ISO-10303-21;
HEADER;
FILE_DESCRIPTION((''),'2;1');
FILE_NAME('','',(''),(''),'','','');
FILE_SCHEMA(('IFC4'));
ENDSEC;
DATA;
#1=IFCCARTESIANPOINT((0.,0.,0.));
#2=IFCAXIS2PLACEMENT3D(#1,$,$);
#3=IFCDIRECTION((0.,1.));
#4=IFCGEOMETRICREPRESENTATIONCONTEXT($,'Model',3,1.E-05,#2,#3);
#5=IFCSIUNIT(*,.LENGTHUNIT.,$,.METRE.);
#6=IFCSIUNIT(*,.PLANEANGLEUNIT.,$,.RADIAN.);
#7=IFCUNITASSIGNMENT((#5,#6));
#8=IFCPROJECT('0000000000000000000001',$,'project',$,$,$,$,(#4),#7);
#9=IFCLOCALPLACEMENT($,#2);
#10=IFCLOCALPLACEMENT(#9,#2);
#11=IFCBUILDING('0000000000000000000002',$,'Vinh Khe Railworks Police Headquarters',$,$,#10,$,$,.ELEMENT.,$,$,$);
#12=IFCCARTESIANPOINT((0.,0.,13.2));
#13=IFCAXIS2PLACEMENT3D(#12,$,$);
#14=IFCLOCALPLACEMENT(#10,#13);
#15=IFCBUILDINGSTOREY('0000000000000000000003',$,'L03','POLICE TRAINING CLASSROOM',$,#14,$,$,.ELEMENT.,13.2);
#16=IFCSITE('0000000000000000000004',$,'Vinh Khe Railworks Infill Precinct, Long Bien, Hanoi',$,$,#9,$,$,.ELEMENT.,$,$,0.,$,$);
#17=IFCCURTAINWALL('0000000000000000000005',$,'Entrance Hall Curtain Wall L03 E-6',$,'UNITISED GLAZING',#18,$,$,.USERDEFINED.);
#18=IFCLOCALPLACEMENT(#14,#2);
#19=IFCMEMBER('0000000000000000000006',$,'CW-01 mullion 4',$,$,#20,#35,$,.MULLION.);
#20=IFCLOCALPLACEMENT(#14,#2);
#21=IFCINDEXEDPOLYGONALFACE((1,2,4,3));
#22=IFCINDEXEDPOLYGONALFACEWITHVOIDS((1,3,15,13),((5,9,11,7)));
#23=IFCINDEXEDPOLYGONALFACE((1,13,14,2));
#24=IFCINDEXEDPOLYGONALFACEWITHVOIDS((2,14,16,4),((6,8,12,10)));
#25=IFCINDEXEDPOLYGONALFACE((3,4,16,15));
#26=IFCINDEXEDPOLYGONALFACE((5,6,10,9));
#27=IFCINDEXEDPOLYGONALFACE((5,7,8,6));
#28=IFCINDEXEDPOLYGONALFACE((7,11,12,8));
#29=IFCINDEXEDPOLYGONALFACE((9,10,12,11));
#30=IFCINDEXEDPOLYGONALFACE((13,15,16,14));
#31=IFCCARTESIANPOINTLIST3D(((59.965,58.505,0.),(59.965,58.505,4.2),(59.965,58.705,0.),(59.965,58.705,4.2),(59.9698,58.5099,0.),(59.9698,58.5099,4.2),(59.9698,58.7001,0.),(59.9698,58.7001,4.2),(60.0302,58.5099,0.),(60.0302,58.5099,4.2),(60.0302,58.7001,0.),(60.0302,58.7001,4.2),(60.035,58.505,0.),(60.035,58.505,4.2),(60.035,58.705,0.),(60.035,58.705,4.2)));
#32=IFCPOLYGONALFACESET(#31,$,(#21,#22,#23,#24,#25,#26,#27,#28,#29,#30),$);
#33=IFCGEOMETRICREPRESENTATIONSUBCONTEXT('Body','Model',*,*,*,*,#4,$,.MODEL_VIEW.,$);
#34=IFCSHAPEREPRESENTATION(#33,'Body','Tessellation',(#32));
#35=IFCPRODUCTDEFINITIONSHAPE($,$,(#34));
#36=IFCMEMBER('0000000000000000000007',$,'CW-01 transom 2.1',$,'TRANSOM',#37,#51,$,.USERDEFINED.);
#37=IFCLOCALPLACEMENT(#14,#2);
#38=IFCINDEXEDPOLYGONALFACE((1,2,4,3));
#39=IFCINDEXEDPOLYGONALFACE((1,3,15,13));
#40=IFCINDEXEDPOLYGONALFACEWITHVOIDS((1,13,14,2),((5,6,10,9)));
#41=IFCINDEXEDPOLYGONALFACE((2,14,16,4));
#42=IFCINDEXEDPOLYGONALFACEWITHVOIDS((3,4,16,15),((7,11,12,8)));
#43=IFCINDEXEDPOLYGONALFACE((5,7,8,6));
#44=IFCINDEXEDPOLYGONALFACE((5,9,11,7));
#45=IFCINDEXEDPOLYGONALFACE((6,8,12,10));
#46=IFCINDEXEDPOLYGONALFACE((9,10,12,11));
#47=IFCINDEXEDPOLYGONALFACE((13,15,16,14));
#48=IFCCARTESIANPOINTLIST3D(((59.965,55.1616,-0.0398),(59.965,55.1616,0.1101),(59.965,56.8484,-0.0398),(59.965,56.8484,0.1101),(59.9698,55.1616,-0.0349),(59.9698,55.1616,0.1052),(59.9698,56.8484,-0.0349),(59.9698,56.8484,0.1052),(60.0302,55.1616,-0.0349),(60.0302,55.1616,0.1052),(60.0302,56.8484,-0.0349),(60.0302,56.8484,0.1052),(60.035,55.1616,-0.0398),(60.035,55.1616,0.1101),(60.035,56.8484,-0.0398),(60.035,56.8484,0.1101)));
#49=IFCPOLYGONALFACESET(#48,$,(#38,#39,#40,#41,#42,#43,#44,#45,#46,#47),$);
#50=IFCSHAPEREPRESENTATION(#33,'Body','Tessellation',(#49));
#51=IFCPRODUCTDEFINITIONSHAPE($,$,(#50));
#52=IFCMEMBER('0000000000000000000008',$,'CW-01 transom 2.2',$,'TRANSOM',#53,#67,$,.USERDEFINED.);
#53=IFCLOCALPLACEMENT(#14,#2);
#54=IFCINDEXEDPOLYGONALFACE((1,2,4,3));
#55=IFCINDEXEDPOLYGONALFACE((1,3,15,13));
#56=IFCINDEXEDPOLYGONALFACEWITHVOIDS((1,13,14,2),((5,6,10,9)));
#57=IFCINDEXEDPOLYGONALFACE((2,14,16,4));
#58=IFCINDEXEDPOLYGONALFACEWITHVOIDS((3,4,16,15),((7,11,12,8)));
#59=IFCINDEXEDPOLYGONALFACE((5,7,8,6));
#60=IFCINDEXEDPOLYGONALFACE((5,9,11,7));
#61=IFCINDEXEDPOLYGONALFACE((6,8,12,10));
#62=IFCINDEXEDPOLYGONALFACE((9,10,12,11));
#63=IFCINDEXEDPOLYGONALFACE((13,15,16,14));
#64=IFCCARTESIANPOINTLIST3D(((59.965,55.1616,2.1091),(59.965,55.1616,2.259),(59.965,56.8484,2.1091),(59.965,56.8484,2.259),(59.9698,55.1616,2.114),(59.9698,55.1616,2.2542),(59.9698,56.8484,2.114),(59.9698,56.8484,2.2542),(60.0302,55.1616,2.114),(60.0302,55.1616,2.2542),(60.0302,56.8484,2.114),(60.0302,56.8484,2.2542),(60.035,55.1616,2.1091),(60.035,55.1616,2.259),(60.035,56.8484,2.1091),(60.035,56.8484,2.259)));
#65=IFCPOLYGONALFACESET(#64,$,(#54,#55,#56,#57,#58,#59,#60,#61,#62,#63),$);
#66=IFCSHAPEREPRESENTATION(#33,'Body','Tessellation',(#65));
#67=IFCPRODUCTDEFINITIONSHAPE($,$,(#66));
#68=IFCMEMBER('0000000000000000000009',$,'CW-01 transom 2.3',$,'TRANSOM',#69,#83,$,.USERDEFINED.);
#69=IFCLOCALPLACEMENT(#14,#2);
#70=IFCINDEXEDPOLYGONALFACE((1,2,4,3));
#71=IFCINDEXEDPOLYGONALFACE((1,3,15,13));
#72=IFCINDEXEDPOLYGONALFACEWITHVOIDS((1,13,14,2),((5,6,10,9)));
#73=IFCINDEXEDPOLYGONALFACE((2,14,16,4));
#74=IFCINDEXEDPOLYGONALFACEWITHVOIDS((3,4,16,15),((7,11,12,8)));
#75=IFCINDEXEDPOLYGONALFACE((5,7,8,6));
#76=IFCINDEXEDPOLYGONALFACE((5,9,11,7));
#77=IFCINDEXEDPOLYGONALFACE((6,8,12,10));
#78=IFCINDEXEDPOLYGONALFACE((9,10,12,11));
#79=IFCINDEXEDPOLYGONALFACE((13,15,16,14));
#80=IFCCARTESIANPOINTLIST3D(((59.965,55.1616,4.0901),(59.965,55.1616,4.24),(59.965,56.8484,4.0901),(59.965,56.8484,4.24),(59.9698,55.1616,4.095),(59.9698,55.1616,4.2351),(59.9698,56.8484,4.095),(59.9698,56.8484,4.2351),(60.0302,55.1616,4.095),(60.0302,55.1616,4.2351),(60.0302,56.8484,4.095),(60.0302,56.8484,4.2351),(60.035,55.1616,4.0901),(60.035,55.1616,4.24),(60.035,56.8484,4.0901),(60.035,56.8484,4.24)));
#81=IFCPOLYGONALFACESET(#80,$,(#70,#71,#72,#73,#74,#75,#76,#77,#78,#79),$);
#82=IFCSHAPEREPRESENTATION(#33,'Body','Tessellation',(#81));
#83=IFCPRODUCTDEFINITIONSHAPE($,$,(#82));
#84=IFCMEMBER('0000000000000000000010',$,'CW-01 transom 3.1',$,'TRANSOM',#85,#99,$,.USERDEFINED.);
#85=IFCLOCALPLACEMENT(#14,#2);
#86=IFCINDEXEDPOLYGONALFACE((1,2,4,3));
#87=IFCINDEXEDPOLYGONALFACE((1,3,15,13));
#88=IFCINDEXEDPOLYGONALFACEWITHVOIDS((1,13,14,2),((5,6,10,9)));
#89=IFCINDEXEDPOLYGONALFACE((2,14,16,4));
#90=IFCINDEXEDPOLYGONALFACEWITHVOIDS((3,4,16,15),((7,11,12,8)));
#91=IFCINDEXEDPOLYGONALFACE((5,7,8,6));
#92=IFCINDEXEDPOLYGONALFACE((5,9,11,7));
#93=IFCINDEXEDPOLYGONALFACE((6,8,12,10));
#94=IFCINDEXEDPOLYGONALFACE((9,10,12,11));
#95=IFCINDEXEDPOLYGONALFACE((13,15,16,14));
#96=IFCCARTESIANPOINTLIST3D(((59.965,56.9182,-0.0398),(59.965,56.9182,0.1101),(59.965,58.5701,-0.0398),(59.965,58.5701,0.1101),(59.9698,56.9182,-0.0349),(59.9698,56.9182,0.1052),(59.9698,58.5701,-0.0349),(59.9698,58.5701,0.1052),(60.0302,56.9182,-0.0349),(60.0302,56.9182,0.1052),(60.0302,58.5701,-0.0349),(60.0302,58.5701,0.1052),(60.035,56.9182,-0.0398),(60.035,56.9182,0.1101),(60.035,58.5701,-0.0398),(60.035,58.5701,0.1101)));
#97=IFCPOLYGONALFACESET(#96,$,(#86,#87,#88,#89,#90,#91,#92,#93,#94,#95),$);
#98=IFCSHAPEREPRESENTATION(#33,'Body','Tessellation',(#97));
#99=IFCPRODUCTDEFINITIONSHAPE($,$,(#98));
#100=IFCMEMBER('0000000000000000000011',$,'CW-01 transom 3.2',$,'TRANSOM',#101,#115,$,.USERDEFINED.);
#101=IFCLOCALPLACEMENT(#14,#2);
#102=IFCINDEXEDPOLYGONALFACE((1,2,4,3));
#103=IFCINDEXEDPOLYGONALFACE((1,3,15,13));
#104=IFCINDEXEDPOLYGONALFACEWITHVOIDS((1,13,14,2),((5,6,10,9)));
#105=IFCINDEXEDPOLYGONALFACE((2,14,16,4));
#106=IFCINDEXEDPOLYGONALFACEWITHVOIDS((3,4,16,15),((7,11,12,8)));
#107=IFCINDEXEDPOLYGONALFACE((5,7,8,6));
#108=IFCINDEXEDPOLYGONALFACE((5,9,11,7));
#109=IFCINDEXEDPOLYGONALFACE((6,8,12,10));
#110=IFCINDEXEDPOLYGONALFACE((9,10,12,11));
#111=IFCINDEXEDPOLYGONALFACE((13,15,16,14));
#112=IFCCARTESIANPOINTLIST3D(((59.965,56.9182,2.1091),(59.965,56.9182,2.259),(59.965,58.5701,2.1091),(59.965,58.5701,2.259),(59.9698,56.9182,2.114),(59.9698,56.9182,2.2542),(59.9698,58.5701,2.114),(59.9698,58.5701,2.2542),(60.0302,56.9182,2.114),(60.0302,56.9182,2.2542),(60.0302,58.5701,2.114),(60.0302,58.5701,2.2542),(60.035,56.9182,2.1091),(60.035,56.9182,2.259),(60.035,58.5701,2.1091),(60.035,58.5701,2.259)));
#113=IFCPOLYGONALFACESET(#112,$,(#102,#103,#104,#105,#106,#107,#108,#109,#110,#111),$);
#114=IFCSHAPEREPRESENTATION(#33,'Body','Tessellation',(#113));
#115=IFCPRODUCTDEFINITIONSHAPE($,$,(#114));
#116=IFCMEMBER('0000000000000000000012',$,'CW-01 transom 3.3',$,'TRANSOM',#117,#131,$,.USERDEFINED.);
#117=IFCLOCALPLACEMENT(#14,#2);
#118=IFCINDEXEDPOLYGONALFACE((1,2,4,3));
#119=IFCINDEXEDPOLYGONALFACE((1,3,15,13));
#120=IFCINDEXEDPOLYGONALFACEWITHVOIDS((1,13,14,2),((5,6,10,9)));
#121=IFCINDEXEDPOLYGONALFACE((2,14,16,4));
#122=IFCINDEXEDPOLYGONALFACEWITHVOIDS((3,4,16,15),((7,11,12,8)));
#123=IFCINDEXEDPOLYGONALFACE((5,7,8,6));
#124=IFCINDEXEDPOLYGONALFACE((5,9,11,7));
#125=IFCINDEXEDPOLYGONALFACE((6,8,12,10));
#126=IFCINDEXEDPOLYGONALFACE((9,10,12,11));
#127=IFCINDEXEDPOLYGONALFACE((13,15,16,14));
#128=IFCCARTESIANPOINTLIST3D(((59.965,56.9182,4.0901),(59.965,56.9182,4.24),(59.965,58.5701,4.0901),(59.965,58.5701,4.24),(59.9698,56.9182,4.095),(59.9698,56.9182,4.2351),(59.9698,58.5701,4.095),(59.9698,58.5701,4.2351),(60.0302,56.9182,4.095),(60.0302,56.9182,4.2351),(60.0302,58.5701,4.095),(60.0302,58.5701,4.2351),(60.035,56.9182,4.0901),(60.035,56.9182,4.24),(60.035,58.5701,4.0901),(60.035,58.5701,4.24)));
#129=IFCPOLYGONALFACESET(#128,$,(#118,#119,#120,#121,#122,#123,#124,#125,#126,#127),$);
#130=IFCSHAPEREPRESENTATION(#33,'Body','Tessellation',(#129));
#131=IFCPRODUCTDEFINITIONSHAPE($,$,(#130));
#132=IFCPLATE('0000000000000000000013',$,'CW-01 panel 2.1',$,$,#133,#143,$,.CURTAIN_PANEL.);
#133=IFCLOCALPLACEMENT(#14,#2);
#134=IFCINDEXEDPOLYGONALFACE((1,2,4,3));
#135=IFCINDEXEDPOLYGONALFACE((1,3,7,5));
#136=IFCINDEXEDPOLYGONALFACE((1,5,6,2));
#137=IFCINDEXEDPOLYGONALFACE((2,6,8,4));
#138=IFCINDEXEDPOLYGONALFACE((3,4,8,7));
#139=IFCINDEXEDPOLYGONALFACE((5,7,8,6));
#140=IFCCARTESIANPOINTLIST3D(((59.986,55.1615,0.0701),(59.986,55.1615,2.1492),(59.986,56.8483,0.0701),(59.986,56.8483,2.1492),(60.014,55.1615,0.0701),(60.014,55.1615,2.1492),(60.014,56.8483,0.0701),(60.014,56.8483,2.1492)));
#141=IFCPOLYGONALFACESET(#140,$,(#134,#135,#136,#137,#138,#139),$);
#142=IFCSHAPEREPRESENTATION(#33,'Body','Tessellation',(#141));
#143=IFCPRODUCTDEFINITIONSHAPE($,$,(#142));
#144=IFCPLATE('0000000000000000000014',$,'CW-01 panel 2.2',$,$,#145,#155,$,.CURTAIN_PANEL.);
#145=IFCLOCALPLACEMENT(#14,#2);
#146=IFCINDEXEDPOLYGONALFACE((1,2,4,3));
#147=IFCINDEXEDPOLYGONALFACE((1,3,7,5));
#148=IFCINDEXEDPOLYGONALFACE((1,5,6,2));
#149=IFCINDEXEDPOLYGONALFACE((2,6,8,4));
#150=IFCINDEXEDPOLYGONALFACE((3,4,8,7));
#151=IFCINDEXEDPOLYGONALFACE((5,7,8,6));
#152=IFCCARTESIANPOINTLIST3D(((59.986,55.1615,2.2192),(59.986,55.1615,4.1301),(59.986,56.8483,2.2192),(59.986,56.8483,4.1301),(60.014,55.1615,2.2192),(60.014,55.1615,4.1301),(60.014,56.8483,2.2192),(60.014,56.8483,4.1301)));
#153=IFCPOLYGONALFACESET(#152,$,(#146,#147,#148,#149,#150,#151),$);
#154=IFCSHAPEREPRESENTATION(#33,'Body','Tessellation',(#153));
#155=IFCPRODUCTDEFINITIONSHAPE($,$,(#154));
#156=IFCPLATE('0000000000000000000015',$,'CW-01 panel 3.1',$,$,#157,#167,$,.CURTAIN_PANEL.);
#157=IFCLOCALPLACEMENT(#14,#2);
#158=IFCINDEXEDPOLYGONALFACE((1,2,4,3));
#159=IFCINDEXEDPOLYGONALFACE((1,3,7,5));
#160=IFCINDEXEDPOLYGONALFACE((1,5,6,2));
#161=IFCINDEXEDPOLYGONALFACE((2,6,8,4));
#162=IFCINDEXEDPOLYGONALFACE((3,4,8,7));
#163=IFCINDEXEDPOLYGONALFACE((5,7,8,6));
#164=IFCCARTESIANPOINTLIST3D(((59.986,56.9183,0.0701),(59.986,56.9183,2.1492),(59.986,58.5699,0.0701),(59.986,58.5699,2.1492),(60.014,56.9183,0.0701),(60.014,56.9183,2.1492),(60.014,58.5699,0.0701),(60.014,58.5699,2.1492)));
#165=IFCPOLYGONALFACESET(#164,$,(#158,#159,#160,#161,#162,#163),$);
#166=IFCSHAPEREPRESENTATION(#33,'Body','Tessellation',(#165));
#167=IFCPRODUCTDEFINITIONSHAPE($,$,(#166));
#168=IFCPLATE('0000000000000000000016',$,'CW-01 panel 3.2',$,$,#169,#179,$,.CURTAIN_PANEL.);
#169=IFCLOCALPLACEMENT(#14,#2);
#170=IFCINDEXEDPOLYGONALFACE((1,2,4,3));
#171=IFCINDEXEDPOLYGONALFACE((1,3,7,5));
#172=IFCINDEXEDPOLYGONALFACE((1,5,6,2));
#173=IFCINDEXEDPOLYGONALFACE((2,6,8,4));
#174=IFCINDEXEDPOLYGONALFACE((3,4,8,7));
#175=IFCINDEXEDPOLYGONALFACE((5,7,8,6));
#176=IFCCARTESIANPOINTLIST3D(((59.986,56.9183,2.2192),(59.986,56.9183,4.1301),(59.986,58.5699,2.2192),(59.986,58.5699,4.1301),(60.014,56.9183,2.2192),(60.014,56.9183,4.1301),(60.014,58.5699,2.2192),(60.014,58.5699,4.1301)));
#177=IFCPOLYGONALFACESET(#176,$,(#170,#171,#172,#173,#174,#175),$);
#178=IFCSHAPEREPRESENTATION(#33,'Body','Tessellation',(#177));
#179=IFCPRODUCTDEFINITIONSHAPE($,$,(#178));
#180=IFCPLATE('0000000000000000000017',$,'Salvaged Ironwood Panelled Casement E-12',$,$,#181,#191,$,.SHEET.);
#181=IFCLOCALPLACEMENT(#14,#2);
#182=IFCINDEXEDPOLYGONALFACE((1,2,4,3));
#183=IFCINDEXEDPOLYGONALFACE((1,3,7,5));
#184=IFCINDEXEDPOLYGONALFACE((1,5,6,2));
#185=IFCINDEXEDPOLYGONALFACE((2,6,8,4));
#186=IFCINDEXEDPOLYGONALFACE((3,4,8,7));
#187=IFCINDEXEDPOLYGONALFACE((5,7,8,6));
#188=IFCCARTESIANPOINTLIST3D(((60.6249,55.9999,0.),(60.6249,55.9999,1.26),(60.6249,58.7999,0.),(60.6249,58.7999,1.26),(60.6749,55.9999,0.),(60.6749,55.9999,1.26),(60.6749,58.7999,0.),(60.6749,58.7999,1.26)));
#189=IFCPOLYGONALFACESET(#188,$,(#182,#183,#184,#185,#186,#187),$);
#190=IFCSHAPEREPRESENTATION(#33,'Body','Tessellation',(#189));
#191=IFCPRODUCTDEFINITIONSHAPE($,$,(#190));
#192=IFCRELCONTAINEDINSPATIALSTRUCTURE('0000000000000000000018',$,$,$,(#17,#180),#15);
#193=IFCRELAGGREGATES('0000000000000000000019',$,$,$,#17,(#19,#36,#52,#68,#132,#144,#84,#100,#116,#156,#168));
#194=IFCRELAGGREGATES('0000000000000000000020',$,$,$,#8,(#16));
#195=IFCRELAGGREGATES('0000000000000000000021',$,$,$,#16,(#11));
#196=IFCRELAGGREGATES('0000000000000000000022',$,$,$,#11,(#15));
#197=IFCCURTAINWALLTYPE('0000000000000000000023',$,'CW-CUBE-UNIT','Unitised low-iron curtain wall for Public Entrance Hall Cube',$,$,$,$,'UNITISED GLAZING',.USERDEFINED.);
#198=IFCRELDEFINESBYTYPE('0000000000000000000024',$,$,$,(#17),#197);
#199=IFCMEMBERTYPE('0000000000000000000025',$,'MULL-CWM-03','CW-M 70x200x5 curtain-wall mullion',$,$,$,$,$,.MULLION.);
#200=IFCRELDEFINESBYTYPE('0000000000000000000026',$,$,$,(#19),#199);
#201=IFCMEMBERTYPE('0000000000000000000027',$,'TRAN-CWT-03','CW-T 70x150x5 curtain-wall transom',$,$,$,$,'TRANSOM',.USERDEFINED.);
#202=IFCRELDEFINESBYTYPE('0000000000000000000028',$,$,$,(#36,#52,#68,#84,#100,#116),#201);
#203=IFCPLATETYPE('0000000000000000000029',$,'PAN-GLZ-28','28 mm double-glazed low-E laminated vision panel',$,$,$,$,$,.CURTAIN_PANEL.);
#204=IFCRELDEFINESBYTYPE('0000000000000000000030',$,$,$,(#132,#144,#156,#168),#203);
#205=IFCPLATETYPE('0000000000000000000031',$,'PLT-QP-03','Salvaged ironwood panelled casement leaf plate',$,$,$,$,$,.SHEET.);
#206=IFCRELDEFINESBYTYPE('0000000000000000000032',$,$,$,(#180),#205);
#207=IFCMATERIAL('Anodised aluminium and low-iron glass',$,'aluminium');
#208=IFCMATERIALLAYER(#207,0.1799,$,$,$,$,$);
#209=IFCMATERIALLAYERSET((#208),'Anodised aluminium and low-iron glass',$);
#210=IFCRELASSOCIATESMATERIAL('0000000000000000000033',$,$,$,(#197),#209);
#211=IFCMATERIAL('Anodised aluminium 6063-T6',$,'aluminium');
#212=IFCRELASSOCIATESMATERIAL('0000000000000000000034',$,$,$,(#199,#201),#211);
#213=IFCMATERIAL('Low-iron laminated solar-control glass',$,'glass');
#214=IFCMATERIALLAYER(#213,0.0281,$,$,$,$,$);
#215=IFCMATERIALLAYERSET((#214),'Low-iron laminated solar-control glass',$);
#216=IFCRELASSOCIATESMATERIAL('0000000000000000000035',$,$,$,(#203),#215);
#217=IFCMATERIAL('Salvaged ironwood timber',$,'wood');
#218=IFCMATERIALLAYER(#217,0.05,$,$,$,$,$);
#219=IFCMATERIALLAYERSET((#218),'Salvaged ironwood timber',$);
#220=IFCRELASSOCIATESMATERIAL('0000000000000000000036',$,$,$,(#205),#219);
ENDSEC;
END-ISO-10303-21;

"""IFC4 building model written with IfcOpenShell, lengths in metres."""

from ifc_helpers import new_model, si_unit, direction, frame, origin, origin_2d, place, context, subcontext, project, spatial, rectangle, hollow_rectangle, extrude, material, layer, layer_set, material_profile, profile_set, type_object, element, aggregate, save


model = new_model("IFC4")

# Units and contexts
model_context = context("Model", 3, precision=1e-05, world=origin(), true_north=direction((0.0, 1.0)))
body_context = subcontext(model_context, "Body", "Model", "MODEL_VIEW")
ifc_project = project(units=[si_unit("LENGTHUNIT", "METRE"), si_unit("PLANEANGLEUNIT", "RADIAN")], contexts=[model_context])

# Site, building, storey
site_placement = place(None, origin())
site = spatial("IfcSite", under=ifc_project, at=site_placement, Name="Vinh Khe Railworks Infill Precinct, Long Bien, Hanoi", CompositionType="ELEMENT", RefElevation=0.0)
building_placement = place(site_placement, origin())
building = spatial("IfcBuilding", under=site, at=building_placement, Name="Vinh Khe Railworks Police Headquarters", CompositionType="ELEMENT")
storey_placement = place(building_placement, frame((0.0, 0.0, 13.2)))
storey = spatial("IfcBuildingStorey", under=building, at=storey_placement, Name="L03", Description="POLICE TRAINING CLASSROOM", CompositionType="ELEMENT", Elevation=13.2)

# Shared definitions
ifc_material_1 = material(Name="Salvaged ironwood timber", Category="wood")

# Curtain wall, members, plates
ifc_material_2 = material(Name="Anodised aluminium and low-iron glass", Category="aluminium")
ifc_layer_1 = layer(ifc_material_2, 0.1799)
ifc_layer_set_1 = layer_set([ifc_layer_1], Name="Anodised aluminium and low-iron glass")
curtain_wall_type = type_object("IfcCurtainWallType", Name="CW-CUBE-UNIT", Description="Unitised low-iron curtain wall for Public Entrance Hall Cube", ElementType="UNITISED GLAZING", PredefinedType="USERDEFINED", material=ifc_layer_set_1)
curtain_wall_placement = place(storey_placement, origin())
curtain_wall = element("IfcCurtainWall", 1, at=curtain_wall_placement, inside=storey, type_object=curtain_wall_type, Name="Entrance Hall Curtain Wall L03 E-6", ObjectType="UNITISED GLAZING", PredefinedType="USERDEFINED")
ifc_material_3 = material(Name="Anodised aluminium 6063-T6", Category="aluminium")
ifc_material_profile_1 = material_profile(ifc_material_3, hollow_rectangle(XDim=0.0701, YDim=0.2, WallThickness=0.0049, at=origin_2d()), Name="CW-M 70x200x5")
ifc_profile_set_1 = profile_set([ifc_material_profile_1], Name="Anodised aluminium 6063-T6")
member_type_1 = type_object("IfcMemberType", Name="MULL-CWM-03", Description="CW-M 70x200x5 curtain-wall mullion", PredefinedType="MULLION", material=ifc_profile_set_1)
member_1_placement = place(storey_placement, frame((60.0, 58.605, 0.0), z_axis=(0.0, 0.0, 1.0), x_axis=(-1.0, 0.0, 0.0)))
member_1 = element("IfcMember", 2, at=member_1_placement, type_object=member_type_1, Name="CW-01 mullion 4", PredefinedType="MULLION", context=body_context, shape_type="SweptSolid", body=[
    extrude(hollow_rectangle(XDim=0.0701, YDim=0.2, WallThickness=0.0049, at=origin_2d()), origin(), (0.0, 0.0, 1.0), 4.2),
])
ifc_material_profile_2 = material_profile(ifc_material_3, hollow_rectangle(XDim=0.0701, YDim=0.1499, WallThickness=0.0049, at=origin_2d()), Name="CW-T 70x150x5")
ifc_profile_set_2 = profile_set([ifc_material_profile_2], Name="Anodised aluminium 6063-T6")
member_type_2 = type_object("IfcMemberType", Name="TRAN-CWT-03", Description="CW-T 70x150x5 curtain-wall transom", ElementType="TRANSOM", PredefinedType="USERDEFINED", material=ifc_profile_set_2)
member_2_placement = place(storey_placement, frame((60.0, 55.1616, 0.0352), z_axis=(0.0, 1.0, 0.0), x_axis=(-1.0, 0.0, 0.0)))
member_2 = element("IfcMember", 3, at=member_2_placement, type_object=member_type_2, Name="CW-01 transom 2.1", ObjectType="TRANSOM", PredefinedType="USERDEFINED", context=body_context, shape_type="SweptSolid", body=[
    extrude(hollow_rectangle(XDim=0.0701, YDim=0.1499, WallThickness=0.0049, at=origin_2d()), origin(), (0.0, 0.0, 1.0), 1.6868),
])
member_3_placement = place(storey_placement, frame((60.0, 55.1616, 2.1841), z_axis=(0.0, 1.0, 0.0), x_axis=(-1.0, 0.0, 0.0)))
member_3 = element("IfcMember", 4, at=member_3_placement, type_object=member_type_2, Name="CW-01 transom 2.2", ObjectType="TRANSOM", PredefinedType="USERDEFINED", context=body_context, shape_type="SweptSolid", body=[
    extrude(hollow_rectangle(XDim=0.0701, YDim=0.1499, WallThickness=0.0049, at=origin_2d()), origin(), (0.0, 0.0, 1.0), 1.6868),
])
member_4_placement = place(storey_placement, frame((60.0, 55.1616, 4.165), z_axis=(0.0, 1.0, 0.0), x_axis=(-1.0, 0.0, 0.0)))
member_4 = element("IfcMember", 5, at=member_4_placement, type_object=member_type_2, Name="CW-01 transom 2.3", ObjectType="TRANSOM", PredefinedType="USERDEFINED", context=body_context, shape_type="SweptSolid", body=[
    extrude(hollow_rectangle(XDim=0.0701, YDim=0.1499, WallThickness=0.0049, at=origin_2d()), origin(), (0.0, 0.0, 1.0), 1.6868),
])
member_5_placement = place(storey_placement, frame((60.0, 56.9182, 0.0352), z_axis=(0.0, 1.0, 0.0), x_axis=(-1.0, 0.0, 0.0)))
member_5 = element("IfcMember", 6, at=member_5_placement, type_object=member_type_2, Name="CW-01 transom 3.1", ObjectType="TRANSOM", PredefinedType="USERDEFINED", context=body_context, shape_type="SweptSolid", body=[
    extrude(hollow_rectangle(XDim=0.0701, YDim=0.1499, WallThickness=0.0049, at=origin_2d()), origin(), (0.0, 0.0, 1.0), 1.6519),
])
member_6_placement = place(storey_placement, frame((60.0, 56.9182, 2.1841), z_axis=(0.0, 1.0, 0.0), x_axis=(-1.0, 0.0, 0.0)))
member_6 = element("IfcMember", 7, at=member_6_placement, type_object=member_type_2, Name="CW-01 transom 3.2", ObjectType="TRANSOM", PredefinedType="USERDEFINED", context=body_context, shape_type="SweptSolid", body=[
    extrude(hollow_rectangle(XDim=0.0701, YDim=0.1499, WallThickness=0.0049, at=origin_2d()), origin(), (0.0, 0.0, 1.0), 1.6519),
])
member_7_placement = place(storey_placement, frame((60.0, 56.9182, 4.165), z_axis=(0.0, 1.0, 0.0), x_axis=(-1.0, 0.0, 0.0)))
member_7 = element("IfcMember", 8, at=member_7_placement, type_object=member_type_2, Name="CW-01 transom 3.3", ObjectType="TRANSOM", PredefinedType="USERDEFINED", context=body_context, shape_type="SweptSolid", body=[
    extrude(hollow_rectangle(XDim=0.0701, YDim=0.1499, WallThickness=0.0049, at=origin_2d()), origin(), (0.0, 0.0, 1.0), 1.6519),
])
ifc_material_4 = material(Name="Low-iron laminated solar-control glass", Category="glass")
ifc_layer_2 = layer(ifc_material_4, 0.0281)
ifc_layer_set_2 = layer_set([ifc_layer_2], Name="Low-iron laminated solar-control glass")
plate_type_1 = type_object("IfcPlateType", Name="PAN-GLZ-28", Description="28 mm double-glazed low-E laminated vision panel", PredefinedType="CURTAIN_PANEL", material=ifc_layer_set_2)
plate_1_placement = place(storey_placement, frame((60.0, 56.0049, 0.0701), z_axis=(0.0, 0.0, 1.0), x_axis=(0.0, 1.0, 0.0)))
plate_1 = element("IfcPlate", 9, at=plate_1_placement, type_object=plate_type_1, Name="CW-01 panel 2.1", PredefinedType="CURTAIN_PANEL", context=body_context, shape_type="SweptSolid", body=[
    extrude(rectangle(XDim=1.6868, YDim=0.0281, at=origin_2d()), origin(), (0.0, 0.0, 1.0), 2.0791),
])
plate_2_placement = place(storey_placement, frame((60.0, 56.0049, 2.2192), z_axis=(0.0, 0.0, 1.0), x_axis=(0.0, 1.0, 0.0)))
plate_2 = element("IfcPlate", 10, at=plate_2_placement, type_object=plate_type_1, Name="CW-01 panel 2.2", PredefinedType="CURTAIN_PANEL", context=body_context, shape_type="SweptSolid", body=[
    extrude(rectangle(XDim=1.6868, YDim=0.0281, at=origin_2d()), origin(), (0.0, 0.0, 1.0), 1.9109),
])
plate_3_placement = place(storey_placement, frame((60.0, 57.7441, 0.0701), z_axis=(0.0, 0.0, 1.0), x_axis=(0.0, 1.0, 0.0)))
plate_3 = element("IfcPlate", 11, at=plate_3_placement, type_object=plate_type_1, Name="CW-01 panel 3.1", PredefinedType="CURTAIN_PANEL", context=body_context, shape_type="SweptSolid", body=[
    extrude(rectangle(XDim=1.6516, YDim=0.0281, at=origin_2d()), origin(), (0.0, 0.0, 1.0), 2.0791),
])
plate_4_placement = place(storey_placement, frame((60.0, 57.7441, 2.2192), z_axis=(0.0, 0.0, 1.0), x_axis=(0.0, 1.0, 0.0)))
plate_4 = element("IfcPlate", 12, at=plate_4_placement, type_object=plate_type_1, Name="CW-01 panel 3.2", PredefinedType="CURTAIN_PANEL", context=body_context, shape_type="SweptSolid", body=[
    extrude(rectangle(XDim=1.6516, YDim=0.0281, at=origin_2d()), origin(), (0.0, 0.0, 1.0), 1.9109),
])
aggregate(curtain_wall, [member_1, member_2, member_3, member_4, plate_1, plate_2, member_5, member_6, member_7, plate_3, plate_4])

# Plate
ifc_layer_3 = layer(ifc_material_1, 0.05)
ifc_layer_set_3 = layer_set([ifc_layer_3], Name="Salvaged ironwood timber")
plate_type_2 = type_object("IfcPlateType", Name="PLT-QP-03", Description="Salvaged ironwood panelled casement leaf plate", PredefinedType="SHEET", material=ifc_layer_set_3)
plate_5_placement = place(storey_placement, frame((60.6499, 57.3999, 0.0), z_axis=(0.0, 0.0, 1.0), x_axis=(0.0, 1.0, 0.0)))
element("IfcPlate", 13, at=plate_5_placement, inside=storey, type_object=plate_type_2, Name="Salvaged Ironwood Panelled Casement E-12", PredefinedType="SHEET", context=body_context, shape_type="SweptSolid", body=[
    extrude(rectangle(XDim=2.8, YDim=0.05, at=origin_2d()), origin(), (0.0, 0.0, 1.0), 1.26),
])

save(model, "model.ifc")
